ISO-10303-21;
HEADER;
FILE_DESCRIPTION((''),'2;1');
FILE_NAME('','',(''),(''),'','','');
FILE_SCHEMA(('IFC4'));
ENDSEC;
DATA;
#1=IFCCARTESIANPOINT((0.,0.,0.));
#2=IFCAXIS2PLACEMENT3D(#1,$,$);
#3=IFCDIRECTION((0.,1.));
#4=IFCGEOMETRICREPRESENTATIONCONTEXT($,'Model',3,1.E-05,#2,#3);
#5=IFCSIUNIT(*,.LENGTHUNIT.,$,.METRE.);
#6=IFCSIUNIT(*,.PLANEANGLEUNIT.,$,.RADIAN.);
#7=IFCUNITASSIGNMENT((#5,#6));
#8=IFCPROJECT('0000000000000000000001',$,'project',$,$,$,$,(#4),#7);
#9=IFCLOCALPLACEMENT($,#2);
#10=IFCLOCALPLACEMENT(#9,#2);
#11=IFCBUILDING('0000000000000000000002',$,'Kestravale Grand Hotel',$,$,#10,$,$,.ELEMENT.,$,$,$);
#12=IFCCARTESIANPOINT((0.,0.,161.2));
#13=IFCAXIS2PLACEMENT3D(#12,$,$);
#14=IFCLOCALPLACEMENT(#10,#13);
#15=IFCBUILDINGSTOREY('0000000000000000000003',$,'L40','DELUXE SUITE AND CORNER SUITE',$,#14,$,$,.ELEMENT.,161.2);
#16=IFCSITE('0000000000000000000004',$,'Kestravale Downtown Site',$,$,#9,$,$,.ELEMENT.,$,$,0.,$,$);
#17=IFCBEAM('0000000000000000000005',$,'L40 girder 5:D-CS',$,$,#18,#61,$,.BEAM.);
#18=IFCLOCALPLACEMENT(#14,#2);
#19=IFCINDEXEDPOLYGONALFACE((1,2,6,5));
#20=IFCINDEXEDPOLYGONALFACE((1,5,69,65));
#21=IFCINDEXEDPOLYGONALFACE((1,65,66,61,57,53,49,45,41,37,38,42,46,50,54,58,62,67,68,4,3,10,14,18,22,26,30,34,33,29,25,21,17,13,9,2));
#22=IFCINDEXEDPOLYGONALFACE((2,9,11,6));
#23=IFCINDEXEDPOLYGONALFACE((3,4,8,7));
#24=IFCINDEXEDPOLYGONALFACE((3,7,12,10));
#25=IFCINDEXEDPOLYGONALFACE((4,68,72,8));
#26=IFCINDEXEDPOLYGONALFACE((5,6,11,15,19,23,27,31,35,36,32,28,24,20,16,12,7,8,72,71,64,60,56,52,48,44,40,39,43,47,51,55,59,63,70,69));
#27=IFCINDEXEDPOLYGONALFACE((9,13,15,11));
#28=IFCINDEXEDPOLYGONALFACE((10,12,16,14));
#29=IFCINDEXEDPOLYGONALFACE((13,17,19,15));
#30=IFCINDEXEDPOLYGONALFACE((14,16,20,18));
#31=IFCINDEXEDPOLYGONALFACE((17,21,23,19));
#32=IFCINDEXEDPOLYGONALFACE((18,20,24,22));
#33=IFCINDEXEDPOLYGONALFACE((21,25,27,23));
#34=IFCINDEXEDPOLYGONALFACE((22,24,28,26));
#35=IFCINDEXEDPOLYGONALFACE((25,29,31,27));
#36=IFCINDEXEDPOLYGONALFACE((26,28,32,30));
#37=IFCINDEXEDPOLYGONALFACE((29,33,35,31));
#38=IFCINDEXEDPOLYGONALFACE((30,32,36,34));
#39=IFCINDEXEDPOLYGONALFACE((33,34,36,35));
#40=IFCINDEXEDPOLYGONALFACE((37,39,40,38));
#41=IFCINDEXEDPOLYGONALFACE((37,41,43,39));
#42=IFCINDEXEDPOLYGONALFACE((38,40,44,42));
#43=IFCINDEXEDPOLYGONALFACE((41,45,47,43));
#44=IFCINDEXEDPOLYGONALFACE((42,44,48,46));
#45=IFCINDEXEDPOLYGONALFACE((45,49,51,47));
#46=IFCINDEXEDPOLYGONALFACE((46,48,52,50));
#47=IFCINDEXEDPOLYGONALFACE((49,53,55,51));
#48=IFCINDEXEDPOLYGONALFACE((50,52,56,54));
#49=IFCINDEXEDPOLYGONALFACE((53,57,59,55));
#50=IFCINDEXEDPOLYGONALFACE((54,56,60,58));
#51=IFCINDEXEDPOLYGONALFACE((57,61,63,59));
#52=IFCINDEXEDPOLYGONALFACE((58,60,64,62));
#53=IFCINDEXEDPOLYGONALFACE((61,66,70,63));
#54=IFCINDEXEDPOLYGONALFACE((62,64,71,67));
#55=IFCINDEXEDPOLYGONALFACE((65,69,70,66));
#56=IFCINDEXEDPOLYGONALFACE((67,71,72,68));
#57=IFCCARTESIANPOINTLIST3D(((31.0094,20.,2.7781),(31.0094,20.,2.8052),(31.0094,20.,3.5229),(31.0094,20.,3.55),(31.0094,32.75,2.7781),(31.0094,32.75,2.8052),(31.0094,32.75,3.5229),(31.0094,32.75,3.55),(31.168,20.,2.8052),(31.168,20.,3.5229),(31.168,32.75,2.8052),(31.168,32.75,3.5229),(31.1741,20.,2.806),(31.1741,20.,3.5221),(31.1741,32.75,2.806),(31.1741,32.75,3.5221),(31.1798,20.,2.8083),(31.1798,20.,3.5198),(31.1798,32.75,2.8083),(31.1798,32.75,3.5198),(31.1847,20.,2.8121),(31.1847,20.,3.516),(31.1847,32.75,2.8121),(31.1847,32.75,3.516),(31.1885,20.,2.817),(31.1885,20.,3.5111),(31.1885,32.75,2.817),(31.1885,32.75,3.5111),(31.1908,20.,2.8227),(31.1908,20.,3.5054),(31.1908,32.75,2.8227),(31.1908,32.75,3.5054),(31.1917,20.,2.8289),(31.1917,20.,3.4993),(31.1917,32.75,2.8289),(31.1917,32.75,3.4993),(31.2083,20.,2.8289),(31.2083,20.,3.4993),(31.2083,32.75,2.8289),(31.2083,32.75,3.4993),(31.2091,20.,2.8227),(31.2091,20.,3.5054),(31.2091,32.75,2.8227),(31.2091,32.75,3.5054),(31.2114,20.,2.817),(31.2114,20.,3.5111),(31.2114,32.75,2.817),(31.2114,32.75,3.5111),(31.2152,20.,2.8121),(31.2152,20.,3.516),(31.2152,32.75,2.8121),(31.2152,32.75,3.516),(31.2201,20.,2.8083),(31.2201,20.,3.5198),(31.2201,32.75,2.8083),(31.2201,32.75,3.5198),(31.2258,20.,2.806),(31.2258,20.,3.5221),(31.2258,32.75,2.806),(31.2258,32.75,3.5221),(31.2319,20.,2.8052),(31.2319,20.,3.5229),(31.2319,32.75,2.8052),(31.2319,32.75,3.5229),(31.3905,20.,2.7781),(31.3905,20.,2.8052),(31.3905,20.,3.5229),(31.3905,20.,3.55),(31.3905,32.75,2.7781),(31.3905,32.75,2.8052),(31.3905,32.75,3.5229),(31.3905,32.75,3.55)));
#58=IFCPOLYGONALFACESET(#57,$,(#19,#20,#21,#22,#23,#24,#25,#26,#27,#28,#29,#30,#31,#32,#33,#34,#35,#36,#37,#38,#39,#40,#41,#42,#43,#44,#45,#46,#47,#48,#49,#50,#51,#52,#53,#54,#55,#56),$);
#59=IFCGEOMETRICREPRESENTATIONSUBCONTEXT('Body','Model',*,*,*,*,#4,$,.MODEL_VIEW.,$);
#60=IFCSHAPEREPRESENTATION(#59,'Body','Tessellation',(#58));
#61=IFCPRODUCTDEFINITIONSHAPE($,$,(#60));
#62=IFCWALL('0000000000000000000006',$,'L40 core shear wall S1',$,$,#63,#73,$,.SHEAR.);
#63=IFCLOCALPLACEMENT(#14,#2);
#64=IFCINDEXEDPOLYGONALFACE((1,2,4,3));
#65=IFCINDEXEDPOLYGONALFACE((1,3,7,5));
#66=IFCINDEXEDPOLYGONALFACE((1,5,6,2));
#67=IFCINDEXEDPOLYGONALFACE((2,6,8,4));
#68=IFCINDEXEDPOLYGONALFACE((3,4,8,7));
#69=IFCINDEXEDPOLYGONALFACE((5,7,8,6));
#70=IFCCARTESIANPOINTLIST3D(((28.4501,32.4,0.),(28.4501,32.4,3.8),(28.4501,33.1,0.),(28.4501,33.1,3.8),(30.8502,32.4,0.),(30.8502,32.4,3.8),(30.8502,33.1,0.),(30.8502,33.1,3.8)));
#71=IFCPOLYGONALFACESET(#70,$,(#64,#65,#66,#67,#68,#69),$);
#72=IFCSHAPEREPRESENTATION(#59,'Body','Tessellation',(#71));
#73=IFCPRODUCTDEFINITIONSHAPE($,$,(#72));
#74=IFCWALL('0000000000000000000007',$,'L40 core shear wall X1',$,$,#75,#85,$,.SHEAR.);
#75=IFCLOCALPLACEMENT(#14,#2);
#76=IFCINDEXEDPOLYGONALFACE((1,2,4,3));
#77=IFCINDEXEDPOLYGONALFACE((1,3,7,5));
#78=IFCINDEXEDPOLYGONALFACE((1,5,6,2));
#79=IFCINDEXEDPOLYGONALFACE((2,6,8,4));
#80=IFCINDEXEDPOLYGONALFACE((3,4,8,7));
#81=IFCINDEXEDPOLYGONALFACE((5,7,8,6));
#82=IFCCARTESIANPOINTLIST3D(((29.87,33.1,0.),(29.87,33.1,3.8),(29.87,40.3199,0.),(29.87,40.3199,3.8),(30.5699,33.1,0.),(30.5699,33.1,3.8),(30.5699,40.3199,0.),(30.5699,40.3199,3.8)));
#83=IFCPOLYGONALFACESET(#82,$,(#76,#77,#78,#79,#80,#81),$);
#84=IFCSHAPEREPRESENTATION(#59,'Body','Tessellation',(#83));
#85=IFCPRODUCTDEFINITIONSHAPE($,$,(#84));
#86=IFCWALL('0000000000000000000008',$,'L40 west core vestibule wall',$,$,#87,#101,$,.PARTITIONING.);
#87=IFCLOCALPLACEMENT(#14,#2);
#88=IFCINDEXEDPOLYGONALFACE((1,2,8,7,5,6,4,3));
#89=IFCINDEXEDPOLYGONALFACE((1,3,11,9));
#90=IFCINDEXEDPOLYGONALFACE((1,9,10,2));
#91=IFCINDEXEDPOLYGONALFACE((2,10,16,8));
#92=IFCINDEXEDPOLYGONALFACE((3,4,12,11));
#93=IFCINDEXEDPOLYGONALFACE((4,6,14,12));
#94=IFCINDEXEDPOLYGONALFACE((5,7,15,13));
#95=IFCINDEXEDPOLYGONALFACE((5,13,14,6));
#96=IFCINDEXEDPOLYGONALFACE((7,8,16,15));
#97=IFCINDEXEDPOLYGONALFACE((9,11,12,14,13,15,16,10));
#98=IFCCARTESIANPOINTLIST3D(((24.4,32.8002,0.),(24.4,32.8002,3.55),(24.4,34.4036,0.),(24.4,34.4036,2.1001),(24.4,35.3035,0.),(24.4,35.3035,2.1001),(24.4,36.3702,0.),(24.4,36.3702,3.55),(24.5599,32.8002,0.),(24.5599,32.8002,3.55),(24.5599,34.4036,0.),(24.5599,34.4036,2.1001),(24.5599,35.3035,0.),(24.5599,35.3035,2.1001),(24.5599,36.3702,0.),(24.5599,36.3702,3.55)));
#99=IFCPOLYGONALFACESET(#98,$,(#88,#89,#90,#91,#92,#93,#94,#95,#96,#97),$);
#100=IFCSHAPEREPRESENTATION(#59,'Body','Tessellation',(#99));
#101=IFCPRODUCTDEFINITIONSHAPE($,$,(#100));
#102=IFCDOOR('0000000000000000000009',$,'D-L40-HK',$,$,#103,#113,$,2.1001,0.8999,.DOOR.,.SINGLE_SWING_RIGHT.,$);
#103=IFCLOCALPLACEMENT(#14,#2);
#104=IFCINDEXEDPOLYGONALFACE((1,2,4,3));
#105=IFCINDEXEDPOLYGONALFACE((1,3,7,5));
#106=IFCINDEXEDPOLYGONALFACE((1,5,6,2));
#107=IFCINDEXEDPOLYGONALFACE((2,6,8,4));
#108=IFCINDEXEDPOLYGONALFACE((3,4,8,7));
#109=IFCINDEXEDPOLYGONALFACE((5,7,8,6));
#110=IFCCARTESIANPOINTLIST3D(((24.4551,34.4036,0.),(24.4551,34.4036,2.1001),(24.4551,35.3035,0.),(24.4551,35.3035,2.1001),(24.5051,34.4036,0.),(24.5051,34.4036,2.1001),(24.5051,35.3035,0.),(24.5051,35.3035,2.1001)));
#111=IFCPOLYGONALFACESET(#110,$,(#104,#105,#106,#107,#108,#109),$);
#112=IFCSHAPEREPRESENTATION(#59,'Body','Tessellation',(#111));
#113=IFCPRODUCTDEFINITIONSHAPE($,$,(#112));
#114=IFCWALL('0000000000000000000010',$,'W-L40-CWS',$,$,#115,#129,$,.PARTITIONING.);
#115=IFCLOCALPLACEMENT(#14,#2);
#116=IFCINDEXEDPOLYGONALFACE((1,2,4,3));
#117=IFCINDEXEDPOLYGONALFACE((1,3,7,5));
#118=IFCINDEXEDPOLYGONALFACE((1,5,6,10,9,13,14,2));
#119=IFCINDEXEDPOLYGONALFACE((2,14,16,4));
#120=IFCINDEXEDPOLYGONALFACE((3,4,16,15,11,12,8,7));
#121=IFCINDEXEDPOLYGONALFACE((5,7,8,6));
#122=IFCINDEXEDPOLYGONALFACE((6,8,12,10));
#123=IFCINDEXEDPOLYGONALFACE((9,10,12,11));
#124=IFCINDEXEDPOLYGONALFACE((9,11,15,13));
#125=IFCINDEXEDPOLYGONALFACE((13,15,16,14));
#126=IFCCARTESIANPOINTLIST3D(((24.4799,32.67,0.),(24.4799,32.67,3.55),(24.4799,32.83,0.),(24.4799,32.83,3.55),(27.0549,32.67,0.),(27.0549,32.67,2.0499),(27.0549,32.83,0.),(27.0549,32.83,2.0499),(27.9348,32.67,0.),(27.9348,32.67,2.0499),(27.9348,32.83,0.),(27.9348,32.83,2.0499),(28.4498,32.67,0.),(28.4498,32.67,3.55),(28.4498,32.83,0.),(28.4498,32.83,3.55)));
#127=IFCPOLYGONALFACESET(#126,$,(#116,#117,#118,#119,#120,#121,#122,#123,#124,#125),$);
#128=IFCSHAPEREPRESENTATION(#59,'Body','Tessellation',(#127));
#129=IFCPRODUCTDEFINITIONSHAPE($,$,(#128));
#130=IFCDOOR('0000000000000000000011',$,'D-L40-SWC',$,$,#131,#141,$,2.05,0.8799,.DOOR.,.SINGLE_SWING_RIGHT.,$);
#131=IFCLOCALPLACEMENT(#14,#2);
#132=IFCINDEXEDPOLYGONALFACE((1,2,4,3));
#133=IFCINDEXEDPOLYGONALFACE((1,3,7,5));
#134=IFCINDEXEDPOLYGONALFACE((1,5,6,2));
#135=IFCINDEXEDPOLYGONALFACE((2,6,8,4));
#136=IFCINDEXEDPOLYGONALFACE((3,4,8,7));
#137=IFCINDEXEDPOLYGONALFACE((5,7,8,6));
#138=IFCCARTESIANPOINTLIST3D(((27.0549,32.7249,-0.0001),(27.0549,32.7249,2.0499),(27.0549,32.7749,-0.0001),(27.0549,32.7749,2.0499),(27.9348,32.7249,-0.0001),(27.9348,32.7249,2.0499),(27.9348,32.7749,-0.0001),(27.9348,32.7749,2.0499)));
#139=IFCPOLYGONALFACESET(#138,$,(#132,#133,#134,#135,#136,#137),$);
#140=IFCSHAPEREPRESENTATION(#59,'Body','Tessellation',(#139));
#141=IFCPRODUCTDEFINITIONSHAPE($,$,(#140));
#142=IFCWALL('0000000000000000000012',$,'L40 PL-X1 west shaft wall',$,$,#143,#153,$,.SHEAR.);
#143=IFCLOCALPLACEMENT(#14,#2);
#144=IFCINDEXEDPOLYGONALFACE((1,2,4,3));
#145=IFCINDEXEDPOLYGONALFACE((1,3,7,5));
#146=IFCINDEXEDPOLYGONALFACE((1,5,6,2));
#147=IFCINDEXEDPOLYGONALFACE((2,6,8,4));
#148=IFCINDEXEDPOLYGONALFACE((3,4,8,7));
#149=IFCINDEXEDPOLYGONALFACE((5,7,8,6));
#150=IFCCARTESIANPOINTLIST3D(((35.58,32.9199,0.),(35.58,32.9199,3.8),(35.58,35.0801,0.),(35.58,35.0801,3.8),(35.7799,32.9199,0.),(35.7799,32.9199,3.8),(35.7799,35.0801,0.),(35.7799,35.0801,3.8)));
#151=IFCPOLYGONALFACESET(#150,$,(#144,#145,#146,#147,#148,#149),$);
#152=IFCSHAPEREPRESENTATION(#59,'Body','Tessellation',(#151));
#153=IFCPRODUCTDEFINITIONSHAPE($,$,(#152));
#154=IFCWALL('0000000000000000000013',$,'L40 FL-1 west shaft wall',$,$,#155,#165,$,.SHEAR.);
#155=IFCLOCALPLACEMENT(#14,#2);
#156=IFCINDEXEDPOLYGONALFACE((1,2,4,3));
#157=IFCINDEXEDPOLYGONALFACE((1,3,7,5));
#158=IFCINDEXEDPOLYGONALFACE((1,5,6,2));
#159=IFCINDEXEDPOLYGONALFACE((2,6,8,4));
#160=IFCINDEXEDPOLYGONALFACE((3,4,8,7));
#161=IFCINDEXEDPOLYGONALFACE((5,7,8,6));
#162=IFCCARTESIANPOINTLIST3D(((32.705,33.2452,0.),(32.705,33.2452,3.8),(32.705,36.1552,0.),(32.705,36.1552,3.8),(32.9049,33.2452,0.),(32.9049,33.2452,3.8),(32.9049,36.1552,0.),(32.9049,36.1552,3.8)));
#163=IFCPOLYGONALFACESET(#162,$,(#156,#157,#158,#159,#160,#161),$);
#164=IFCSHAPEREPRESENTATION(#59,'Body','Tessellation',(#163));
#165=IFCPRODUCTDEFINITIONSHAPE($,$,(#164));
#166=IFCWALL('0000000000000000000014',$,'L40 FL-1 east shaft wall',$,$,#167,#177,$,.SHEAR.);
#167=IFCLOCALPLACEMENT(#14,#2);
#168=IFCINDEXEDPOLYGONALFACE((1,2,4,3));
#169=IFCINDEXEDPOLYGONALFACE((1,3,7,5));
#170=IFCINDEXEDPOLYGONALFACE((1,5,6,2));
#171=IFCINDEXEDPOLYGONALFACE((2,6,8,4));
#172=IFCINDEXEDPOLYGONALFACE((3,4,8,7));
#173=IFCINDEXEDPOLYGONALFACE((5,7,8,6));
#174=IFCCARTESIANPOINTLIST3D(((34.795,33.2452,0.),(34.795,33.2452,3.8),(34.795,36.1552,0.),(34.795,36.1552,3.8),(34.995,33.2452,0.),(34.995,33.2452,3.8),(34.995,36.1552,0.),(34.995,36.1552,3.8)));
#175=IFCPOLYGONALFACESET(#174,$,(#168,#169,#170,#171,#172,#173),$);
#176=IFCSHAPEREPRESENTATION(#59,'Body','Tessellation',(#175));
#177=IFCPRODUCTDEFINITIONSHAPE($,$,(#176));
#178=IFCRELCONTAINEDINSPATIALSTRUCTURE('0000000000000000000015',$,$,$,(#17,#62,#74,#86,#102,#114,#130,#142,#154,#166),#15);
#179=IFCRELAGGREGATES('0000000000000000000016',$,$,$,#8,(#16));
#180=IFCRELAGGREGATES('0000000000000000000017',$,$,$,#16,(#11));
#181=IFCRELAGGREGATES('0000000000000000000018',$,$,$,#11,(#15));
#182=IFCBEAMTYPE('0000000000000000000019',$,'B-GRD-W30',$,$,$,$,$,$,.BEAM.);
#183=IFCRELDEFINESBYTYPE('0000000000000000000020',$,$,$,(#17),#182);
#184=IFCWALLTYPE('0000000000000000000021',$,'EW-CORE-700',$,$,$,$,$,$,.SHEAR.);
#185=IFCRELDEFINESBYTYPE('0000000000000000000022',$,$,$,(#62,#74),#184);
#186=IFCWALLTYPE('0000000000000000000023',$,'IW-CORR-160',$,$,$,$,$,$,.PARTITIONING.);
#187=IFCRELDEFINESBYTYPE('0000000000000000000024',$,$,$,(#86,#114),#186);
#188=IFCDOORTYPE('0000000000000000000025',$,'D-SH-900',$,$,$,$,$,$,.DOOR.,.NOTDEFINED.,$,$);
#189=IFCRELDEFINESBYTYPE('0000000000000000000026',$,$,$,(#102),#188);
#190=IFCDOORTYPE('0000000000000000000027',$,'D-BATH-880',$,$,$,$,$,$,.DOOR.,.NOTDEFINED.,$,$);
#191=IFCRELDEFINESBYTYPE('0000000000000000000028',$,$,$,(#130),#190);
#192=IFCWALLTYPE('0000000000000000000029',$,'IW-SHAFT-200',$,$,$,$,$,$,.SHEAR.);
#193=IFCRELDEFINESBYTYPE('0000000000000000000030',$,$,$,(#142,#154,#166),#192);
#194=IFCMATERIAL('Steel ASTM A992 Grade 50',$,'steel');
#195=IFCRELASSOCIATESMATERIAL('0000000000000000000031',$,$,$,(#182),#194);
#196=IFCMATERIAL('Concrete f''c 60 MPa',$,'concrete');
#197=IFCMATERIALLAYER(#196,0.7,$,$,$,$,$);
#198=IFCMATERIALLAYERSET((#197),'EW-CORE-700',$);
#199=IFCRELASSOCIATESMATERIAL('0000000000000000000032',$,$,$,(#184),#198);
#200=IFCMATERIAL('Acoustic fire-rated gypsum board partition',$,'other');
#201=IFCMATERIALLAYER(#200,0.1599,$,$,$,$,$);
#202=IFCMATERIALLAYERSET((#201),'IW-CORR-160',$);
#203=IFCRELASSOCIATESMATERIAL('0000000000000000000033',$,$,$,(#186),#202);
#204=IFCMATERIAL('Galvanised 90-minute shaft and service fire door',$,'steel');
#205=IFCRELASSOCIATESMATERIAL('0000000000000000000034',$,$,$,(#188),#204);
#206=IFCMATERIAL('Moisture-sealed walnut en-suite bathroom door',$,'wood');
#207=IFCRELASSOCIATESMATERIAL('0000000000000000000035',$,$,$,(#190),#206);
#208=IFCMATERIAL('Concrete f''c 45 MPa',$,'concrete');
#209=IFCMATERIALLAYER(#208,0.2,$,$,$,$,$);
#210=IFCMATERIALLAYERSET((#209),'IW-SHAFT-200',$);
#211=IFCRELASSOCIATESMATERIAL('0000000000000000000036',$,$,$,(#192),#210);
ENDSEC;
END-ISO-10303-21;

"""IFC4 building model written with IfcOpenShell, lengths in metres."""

from ifc_helpers import new_model, si_unit, direction, frame, frame_2d, origin, origin_2d, place, context, subcontext, project, spatial, rectangle, i_section, extrude, material, layer, layer_set, material_profile, profile_set, type_object, element, fill, save


model = new_model("IFC4")

# Units and contexts
model_context = context("Model", 3, precision=1e-05, world=origin(), true_north=direction((0.0, 1.0)))
body_context = subcontext(model_context, "Body", "Model", "MODEL_VIEW")
ifc_project = project(units=[si_unit("LENGTHUNIT", "METRE"), si_unit("PLANEANGLEUNIT", "RADIAN")], contexts=[model_context])

# Site, building, storey
site_placement = place(None, origin())
site = spatial("IfcSite", under=ifc_project, at=site_placement, Name="Kestravale Downtown Site", CompositionType="ELEMENT", RefElevation=0.0)
building_placement = place(site_placement, origin())
building = spatial("IfcBuilding", under=site, at=building_placement, Name="Kestravale Grand Hotel", CompositionType="ELEMENT")
storey_placement = place(building_placement, frame((0.0, 0.0, 161.2)))
storey = spatial("IfcBuildingStorey", under=building, at=storey_placement, Name="L40", Description="DELUXE SUITE AND CORNER SUITE", CompositionType="ELEMENT", Elevation=161.2)

# Beam
ifc_material_1 = material(Name="Steel ASTM A992 Grade 50", Category="steel")
ifc_material_profile_1 = material_profile(ifc_material_1, i_section(OverallWidth=0.3811, OverallDepth=0.772, WebThickness=0.0166, FlangeThickness=0.0271, FilletRadius=0.0237, at=origin_2d()))
ifc_profile_set_1 = profile_set([ifc_material_profile_1], Name="Steel ASTM A992 Grade 50")
beam_type_1 = type_object("IfcBeamType", Name="B-GRD-W30", PredefinedType="BEAM", material=ifc_profile_set_1)
for number, where, z_axis, x_axis, name in (
    (1, (31.2, 20.0, 3.1641), (0.0, 1.0, 0.0), (-1.0, 0.0, 0.0), "L40 girder 5:D-CS"),
):
    element("IfcBeam", number, at=place(storey_placement, frame(where, z_axis=z_axis, x_axis=x_axis)), inside=storey, type_object=beam_type_1, Name=name, PredefinedType="BEAM", context=body_context, shape_type="SweptSolid", body=[
        extrude(i_section(OverallWidth=0.3811, OverallDepth=0.772, WebThickness=0.0166, FlangeThickness=0.0271, FilletRadius=0.0237, at=origin_2d()), origin(), (0.0, 0.0, 1.0), 12.75),
    ])

# Walls
ifc_material_2 = material(Name="Concrete f'c 60 MPa", Category="concrete")
ifc_layer_1 = layer(ifc_material_2, 0.7)
ifc_layer_set_1 = layer_set([ifc_layer_1], Name="EW-CORE-700")
wall_type_1 = type_object("IfcWallType", Name="EW-CORE-700", PredefinedType="SHEAR", material=ifc_layer_set_1)
wall_1_placement = place(storey_placement, frame((28.45, 32.75, 0.0), z_axis=(0.0, 0.0, 1.0), x_axis=(1.0, 0.0, 0.0)))
element("IfcWall", 2, at=wall_1_placement, inside=storey, type_object=wall_type_1, Name="L40 core shear wall S1", PredefinedType="SHEAR", context=body_context, shape_type="SweptSolid", body=[
    extrude(rectangle(XDim=2.4001, YDim=0.7, at=frame_2d((1.2002, 0.0))), origin(), (0.0, 0.0, 1.0), 3.8),
])
wall_2_placement = place(storey_placement, frame((30.22, 33.1001, 0.0), z_axis=(0.0, 0.0, 1.0), x_axis=(0.0, 1.0, 0.0)))
element("IfcWall", 3, at=wall_2_placement, inside=storey, type_object=wall_type_1, Name="L40 core shear wall X1", PredefinedType="SHEAR", context=body_context, shape_type="SweptSolid", body=[
    extrude(rectangle(XDim=7.22, YDim=0.7, at=frame_2d((3.6099, 0.0))), origin(), (0.0, 0.0, 1.0), 3.8),
])

# Walls, openings, doors
ifc_material_3 = material(Name="Acoustic fire-rated gypsum board partition", Category="other")
ifc_layer_2 = layer(ifc_material_3, 0.1599)
ifc_layer_set_2 = layer_set([ifc_layer_2], Name="IW-CORR-160")
wall_type_2 = type_object("IfcWallType", Name="IW-CORR-160", PredefinedType="PARTITIONING", material=ifc_layer_set_2)
wall_3_placement = place(storey_placement, frame((24.48, 32.8, 0.0), z_axis=(0.0, 0.0, 1.0), x_axis=(0.0, 1.0, 0.0)))
wall_3 = element("IfcWall", 4, at=wall_3_placement, inside=storey, type_object=wall_type_2, Name="L40 west core vestibule wall", PredefinedType="PARTITIONING", context=body_context, shape_type="SweptSolid", body=[
    extrude(rectangle(XDim=3.5701, YDim=0.1599, at=frame_2d((1.7852, 0.0))), origin(), (0.0, 0.0, 1.0), 3.55),
])
opening_1_placement = place(wall_3_placement, frame((1.6035, 0.0, 0.0)))
opening_1 = element("IfcOpeningElement", 5, at=opening_1_placement, cuts=wall_3, PredefinedType="OPENING", context=body_context, shape_type="SweptSolid", body=[
    extrude(rectangle(XDim=0.8999, YDim=2.1001, at=frame_2d((0.45, 1.05))), frame((0.0, 0.0898, 0.0), z_axis=(0.0, -1.0, 0.0), x_axis=(1.0, 0.0, 0.0)), (0.0, 0.0, 1.0), 0.1799),
])
ifc_material_4 = material(Name="Galvanised 90-minute shaft and service fire door", Category="steel")
door_type_1 = type_object("IfcDoorType", Name="D-SH-900", OperationType="NOTDEFINED", PredefinedType="DOOR", material=ifc_material_4)
door_1_placement = place(opening_1_placement, origin())
door_1 = element("IfcDoor", 6, at=door_1_placement, inside=storey, type_object=door_type_1, Name="D-L40-HK", OperationType="SINGLE_SWING_RIGHT", OverallHeight=2.1001, OverallWidth=0.8999, PredefinedType="DOOR", context=body_context, shape_type="SweptSolid", body=[
    extrude(rectangle(XDim=0.8999, YDim=2.1001, at=frame_2d((0.45, 1.05))), frame((0.0, 0.0249, 0.0), z_axis=(0.0, -1.0, 0.0), x_axis=(1.0, 0.0, 0.0)), (0.0, 0.0, 1.0), 0.05),
])
fill(opening_1, door_1)
wall_4_placement = place(storey_placement, frame((24.48, 32.75, 0.0), z_axis=(0.0, 0.0, 1.0), x_axis=(1.0, 0.0, 0.0)))
wall_4 = element("IfcWall", 7, at=wall_4_placement, inside=storey, type_object=wall_type_2, Name="W-L40-CWS", PredefinedType="PARTITIONING", context=body_context, shape_type="SweptSolid", body=[
    extrude(rectangle(XDim=3.97, YDim=0.1599, at=frame_2d((1.9849, 0.0))), origin(), (0.0, 0.0, 1.0), 3.55),
])
opening_2_placement = place(wall_4_placement, frame((2.575, 0.0, 0.0)))
opening_2 = element("IfcOpeningElement", 8, at=opening_2_placement, cuts=wall_4, PredefinedType="OPENING", context=body_context, shape_type="SweptSolid", body=[
    extrude(rectangle(XDim=0.8799, YDim=2.05, at=frame_2d((0.4399, 1.0249))), frame((0.0, 0.0898, 0.0), z_axis=(0.0, -1.0, 0.0), x_axis=(1.0, 0.0, 0.0)), (0.0, 0.0, 1.0), 0.1799),
])
ifc_material_5 = material(Name="Moisture-sealed walnut en-suite bathroom door", Category="wood")
door_type_2 = type_object("IfcDoorType", Name="D-BATH-880", OperationType="NOTDEFINED", PredefinedType="DOOR", material=ifc_material_5)
door_2_placement = place(opening_2_placement, origin())
door_2 = element("IfcDoor", 9, at=door_2_placement, inside=storey, type_object=door_type_2, Name="D-L40-SWC", OperationType="SINGLE_SWING_RIGHT", OverallHeight=2.05, OverallWidth=0.8799, PredefinedType="DOOR", context=body_context, shape_type="SweptSolid", body=[
    extrude(rectangle(XDim=0.8799, YDim=2.05, at=frame_2d((0.4399, 1.0249))), frame((0.0, 0.0249, 0.0), z_axis=(0.0, -1.0, 0.0), x_axis=(1.0, 0.0, 0.0)), (0.0, 0.0, 1.0), 0.05),
])
fill(opening_2, door_2)

# Walls
ifc_material_6 = material(Name="Concrete f'c 45 MPa", Category="concrete")
ifc_layer_3 = layer(ifc_material_6, 0.2)
ifc_layer_set_3 = layer_set([ifc_layer_3], Name="IW-SHAFT-200")
wall_type_3 = type_object("IfcWallType", Name="IW-SHAFT-200", PredefinedType="SHEAR", material=ifc_layer_set_3)
wall_5_placement = place(storey_placement, frame((35.6799, 32.9199, 0.0), z_axis=(0.0, 0.0, 1.0), x_axis=(0.0, 1.0, 0.0)))
element("IfcWall", 10, at=wall_5_placement, inside=storey, type_object=wall_type_3, Name="L40 PL-X1 west shaft wall", PredefinedType="SHEAR", context=body_context, shape_type="SweptSolid", body=[
    extrude(rectangle(XDim=2.1602, YDim=0.2, at=frame_2d((1.0801, 0.0))), origin(), (0.0, 0.0, 1.0), 3.8),
])
for number, where, z_axis, x_axis, name in (
    (11, (32.8049, 33.2451, 0.0), (0.0, 0.0, 1.0), (0.0, 1.0, 0.0), "L40 FL-1 west shaft wall"),
    (12, (34.895, 33.2451, 0.0), (0.0, 0.0, 1.0), (0.0, 1.0, 0.0), "L40 FL-1 east shaft wall"),
):
    element("IfcWall", number, at=place(storey_placement, frame(where, z_axis=z_axis, x_axis=x_axis)), inside=storey, type_object=wall_type_3, Name=name, PredefinedType="SHEAR", context=body_context, shape_type="SweptSolid", body=[
        extrude(rectangle(XDim=2.9099, YDim=0.2, at=frame_2d((1.4551, 0.0))), origin(), (0.0, 0.0, 1.0), 3.8),
    ])

save(model, "model.ifc")
